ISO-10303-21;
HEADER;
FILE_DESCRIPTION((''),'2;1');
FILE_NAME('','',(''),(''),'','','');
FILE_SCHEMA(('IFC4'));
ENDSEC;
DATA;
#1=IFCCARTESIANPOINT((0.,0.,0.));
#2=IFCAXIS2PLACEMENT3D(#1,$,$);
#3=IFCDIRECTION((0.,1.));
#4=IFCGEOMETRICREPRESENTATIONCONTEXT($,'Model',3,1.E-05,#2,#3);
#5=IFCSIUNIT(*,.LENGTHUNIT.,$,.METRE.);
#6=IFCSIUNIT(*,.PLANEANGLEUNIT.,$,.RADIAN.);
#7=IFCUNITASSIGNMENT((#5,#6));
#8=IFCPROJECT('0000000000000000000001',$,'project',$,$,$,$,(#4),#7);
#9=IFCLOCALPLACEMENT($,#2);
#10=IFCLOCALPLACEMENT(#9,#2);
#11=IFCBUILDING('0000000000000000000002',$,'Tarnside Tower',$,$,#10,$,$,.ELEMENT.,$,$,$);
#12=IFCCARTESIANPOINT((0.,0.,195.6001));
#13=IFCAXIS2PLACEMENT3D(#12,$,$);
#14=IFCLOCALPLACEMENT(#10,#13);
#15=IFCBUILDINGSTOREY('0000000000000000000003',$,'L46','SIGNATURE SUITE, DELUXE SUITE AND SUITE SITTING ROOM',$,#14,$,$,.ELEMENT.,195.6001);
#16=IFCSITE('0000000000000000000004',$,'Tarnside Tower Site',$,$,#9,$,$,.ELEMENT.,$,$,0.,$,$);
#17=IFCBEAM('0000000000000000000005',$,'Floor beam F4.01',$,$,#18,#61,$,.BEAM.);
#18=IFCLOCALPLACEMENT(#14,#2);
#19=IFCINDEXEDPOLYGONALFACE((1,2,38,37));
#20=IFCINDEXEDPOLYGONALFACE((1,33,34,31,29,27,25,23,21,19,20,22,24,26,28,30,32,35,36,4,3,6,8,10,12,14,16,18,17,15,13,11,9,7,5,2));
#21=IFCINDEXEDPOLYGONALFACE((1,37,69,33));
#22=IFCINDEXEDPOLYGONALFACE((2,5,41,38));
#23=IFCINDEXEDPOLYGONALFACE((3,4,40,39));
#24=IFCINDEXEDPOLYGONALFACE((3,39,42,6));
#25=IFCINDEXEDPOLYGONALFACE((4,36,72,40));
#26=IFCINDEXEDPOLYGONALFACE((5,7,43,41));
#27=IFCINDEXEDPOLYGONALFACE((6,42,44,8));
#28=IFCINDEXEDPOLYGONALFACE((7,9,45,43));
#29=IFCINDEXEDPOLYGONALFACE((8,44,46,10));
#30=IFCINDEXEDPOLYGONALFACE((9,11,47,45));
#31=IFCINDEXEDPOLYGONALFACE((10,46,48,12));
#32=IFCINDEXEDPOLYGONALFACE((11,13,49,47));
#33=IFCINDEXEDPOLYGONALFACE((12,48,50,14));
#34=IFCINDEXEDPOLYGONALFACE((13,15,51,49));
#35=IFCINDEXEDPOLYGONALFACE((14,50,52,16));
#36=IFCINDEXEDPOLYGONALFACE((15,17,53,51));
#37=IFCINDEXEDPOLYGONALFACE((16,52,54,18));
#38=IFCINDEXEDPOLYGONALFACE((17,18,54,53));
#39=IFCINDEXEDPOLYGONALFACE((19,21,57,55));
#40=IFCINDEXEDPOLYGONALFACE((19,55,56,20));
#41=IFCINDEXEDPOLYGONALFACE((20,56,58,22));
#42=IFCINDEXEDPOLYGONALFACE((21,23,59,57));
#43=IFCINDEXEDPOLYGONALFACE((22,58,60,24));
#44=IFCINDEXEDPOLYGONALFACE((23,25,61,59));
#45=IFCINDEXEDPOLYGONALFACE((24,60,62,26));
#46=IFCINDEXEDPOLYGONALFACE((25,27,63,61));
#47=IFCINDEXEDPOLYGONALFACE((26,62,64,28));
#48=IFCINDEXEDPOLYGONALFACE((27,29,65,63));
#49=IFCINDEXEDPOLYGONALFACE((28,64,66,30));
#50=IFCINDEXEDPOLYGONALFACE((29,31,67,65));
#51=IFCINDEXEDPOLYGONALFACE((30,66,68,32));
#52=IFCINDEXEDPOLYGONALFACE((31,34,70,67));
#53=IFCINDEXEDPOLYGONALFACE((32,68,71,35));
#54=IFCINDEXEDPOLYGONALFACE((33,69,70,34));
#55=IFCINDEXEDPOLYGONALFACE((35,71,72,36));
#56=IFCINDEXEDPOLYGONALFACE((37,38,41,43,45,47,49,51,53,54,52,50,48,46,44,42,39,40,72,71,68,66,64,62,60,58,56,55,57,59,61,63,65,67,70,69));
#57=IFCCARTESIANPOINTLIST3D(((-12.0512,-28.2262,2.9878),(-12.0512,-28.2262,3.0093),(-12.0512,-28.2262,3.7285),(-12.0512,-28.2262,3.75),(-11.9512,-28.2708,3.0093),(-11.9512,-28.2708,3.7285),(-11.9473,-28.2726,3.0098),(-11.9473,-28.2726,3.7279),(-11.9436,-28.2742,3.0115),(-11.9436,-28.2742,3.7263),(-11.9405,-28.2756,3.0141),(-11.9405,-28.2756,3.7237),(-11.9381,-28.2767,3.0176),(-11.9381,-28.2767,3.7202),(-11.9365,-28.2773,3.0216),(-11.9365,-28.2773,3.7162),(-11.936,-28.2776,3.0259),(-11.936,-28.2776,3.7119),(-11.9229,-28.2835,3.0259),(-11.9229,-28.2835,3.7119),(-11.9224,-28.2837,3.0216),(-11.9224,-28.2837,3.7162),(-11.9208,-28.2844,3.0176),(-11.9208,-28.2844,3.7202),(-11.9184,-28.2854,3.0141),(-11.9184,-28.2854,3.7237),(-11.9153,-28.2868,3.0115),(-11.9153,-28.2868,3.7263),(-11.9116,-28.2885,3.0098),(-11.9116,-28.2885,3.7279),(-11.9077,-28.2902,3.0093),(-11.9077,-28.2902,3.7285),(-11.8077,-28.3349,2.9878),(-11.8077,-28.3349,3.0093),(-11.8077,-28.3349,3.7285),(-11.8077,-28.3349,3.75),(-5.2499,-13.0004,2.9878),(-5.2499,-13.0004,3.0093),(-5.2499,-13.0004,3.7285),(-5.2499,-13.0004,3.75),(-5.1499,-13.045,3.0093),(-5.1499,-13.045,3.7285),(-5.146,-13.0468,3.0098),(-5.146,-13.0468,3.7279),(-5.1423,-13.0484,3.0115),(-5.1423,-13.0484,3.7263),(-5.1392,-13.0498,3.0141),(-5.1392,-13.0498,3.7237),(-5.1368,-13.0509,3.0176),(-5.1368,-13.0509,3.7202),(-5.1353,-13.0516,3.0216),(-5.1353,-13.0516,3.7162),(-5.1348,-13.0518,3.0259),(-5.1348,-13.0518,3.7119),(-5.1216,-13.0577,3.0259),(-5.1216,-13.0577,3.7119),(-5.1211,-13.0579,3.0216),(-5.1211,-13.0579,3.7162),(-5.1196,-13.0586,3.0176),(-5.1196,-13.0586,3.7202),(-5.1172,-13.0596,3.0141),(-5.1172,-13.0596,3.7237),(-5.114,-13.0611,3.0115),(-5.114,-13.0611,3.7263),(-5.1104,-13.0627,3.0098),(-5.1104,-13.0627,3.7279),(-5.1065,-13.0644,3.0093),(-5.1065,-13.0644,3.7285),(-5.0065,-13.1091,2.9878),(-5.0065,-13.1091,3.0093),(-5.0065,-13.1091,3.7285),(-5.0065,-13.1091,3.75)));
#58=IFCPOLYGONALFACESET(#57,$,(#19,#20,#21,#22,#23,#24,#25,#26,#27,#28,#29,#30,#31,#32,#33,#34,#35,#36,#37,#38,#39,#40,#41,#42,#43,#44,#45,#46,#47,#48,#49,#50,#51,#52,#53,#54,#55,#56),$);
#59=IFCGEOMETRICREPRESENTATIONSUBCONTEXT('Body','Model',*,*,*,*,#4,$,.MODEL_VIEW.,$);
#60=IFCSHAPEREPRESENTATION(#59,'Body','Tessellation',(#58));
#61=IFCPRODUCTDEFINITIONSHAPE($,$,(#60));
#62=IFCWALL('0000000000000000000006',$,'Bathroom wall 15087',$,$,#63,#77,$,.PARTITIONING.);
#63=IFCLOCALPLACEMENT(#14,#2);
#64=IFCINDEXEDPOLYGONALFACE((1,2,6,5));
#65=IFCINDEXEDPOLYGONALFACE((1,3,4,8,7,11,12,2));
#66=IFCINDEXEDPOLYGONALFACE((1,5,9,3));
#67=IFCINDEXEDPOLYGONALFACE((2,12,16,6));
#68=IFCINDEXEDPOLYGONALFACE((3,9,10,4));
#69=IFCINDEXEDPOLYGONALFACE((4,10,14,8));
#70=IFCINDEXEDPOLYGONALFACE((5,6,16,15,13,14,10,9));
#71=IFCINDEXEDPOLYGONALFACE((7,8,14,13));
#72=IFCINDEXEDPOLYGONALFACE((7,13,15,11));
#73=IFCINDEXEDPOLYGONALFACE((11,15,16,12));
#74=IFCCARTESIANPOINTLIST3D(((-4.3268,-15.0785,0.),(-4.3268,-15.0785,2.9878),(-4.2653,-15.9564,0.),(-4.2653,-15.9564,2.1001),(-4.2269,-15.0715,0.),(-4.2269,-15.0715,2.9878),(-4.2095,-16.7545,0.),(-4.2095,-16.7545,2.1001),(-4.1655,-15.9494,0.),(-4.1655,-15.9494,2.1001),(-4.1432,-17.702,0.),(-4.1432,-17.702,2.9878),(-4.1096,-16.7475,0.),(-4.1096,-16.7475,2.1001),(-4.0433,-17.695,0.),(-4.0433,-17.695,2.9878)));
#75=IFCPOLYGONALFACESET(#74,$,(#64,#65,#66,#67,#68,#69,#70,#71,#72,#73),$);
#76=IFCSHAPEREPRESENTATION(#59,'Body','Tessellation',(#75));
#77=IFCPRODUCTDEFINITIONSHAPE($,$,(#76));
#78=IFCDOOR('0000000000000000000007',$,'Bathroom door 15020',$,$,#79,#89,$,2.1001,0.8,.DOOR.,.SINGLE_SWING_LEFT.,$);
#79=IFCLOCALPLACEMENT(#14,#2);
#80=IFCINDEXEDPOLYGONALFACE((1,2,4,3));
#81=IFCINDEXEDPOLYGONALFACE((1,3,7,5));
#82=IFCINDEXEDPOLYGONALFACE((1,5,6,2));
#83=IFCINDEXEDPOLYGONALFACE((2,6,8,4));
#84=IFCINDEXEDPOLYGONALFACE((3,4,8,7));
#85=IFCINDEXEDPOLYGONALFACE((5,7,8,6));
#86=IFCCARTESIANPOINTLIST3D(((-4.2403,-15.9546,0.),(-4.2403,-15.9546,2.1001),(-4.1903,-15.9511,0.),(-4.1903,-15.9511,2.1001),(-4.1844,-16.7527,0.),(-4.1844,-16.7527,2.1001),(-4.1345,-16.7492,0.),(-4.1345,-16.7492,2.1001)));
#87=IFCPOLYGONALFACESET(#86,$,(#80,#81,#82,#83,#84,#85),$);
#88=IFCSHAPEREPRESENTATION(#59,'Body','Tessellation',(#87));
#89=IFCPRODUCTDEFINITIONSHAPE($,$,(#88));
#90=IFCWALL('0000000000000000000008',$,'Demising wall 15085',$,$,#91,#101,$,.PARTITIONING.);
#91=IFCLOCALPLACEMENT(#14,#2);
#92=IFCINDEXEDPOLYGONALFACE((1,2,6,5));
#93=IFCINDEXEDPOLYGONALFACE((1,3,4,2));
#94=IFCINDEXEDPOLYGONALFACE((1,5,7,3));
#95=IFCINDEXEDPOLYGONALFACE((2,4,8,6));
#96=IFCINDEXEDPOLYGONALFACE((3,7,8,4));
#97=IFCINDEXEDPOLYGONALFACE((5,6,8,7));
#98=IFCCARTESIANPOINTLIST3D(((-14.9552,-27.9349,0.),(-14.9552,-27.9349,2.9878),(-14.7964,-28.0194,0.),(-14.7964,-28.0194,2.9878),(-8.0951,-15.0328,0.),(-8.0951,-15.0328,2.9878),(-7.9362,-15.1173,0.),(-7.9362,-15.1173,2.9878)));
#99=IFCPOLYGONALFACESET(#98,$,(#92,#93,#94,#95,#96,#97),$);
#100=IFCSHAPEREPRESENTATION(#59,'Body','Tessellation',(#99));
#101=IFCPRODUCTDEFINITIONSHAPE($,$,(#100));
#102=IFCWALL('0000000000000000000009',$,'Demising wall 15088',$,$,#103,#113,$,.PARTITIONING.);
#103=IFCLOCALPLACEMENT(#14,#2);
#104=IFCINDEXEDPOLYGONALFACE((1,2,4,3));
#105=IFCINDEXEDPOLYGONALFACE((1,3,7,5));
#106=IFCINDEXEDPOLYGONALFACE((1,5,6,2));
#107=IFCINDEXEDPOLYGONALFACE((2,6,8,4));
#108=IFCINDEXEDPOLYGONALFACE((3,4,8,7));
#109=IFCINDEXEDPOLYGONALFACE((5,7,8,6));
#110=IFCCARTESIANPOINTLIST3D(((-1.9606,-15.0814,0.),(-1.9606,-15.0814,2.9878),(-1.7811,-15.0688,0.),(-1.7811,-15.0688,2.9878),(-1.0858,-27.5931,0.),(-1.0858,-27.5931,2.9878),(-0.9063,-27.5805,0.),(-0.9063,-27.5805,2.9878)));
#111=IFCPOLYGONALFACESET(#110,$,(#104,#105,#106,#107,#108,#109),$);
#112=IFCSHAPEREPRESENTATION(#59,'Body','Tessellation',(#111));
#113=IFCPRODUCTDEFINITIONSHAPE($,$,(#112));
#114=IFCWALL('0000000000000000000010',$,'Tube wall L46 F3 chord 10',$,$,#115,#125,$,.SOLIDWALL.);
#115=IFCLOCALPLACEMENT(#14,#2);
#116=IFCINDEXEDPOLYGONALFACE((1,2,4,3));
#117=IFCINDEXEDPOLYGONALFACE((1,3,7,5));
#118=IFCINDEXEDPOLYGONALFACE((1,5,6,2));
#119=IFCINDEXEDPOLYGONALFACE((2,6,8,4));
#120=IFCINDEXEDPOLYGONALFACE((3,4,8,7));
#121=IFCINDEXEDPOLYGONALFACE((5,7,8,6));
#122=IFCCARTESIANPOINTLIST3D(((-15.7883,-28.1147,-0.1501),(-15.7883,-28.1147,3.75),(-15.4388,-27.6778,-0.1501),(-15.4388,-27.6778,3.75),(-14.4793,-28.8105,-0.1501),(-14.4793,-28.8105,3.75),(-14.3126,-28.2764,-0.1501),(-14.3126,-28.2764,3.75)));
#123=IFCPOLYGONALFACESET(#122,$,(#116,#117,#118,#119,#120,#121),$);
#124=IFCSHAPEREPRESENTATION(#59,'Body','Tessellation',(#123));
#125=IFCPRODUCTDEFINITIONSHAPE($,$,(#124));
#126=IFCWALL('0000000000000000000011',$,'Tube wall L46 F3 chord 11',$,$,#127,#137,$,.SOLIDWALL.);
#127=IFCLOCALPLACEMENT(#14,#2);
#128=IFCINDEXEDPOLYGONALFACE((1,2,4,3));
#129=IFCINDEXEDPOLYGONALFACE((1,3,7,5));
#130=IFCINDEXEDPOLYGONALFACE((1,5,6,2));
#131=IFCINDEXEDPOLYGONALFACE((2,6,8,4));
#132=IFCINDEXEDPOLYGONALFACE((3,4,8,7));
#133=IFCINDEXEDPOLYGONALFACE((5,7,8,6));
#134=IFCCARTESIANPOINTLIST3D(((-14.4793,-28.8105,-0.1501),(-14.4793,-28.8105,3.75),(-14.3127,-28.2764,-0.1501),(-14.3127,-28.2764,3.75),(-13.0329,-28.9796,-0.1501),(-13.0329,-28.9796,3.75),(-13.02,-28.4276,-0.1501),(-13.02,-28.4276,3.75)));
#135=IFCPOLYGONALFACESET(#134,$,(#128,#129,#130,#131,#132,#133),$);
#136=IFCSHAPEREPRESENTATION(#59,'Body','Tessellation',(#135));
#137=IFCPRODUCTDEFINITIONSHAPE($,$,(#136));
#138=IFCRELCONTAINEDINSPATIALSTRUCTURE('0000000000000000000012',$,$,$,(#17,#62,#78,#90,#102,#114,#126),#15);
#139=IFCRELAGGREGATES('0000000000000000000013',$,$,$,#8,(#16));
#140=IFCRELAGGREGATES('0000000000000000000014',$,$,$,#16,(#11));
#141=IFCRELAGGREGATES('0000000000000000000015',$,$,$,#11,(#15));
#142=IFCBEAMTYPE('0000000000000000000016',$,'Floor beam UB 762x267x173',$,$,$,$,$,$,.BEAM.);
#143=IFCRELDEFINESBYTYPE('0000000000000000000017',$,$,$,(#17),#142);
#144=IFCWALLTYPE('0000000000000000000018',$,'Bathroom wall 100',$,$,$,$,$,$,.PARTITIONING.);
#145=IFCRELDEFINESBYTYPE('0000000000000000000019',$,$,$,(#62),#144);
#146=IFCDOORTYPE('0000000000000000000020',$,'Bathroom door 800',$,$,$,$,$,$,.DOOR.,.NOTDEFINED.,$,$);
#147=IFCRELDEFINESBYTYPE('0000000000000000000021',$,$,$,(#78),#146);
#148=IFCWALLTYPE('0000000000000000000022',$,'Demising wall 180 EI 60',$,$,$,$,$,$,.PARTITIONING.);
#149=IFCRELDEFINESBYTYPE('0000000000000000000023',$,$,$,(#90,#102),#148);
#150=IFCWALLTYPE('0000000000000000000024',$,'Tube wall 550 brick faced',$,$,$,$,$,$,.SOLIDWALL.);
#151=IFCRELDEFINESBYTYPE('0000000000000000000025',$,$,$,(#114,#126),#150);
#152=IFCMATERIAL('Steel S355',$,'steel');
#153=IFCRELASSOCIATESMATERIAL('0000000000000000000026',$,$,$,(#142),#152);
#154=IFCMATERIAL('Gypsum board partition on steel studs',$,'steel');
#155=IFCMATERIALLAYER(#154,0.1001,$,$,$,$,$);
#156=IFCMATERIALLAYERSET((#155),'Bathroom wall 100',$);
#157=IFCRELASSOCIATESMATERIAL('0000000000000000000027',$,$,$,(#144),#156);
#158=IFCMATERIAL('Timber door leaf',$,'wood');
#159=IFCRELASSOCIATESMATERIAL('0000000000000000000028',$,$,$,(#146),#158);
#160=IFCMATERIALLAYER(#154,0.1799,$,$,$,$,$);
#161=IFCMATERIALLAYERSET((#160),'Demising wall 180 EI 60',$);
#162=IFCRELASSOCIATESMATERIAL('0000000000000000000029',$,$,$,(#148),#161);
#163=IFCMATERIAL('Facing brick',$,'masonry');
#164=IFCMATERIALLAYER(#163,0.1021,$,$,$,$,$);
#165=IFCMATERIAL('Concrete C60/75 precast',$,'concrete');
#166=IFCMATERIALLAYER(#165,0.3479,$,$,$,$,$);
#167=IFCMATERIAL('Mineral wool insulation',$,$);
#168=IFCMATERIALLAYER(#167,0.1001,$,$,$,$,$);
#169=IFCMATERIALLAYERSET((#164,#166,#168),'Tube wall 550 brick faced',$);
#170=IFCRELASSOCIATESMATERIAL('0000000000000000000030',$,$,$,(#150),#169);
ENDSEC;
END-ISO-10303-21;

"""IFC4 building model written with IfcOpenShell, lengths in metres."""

from ifc_helpers import new_model, si_unit, direction, frame, frame_2d, origin, origin_2d, place, context, subcontext, project, spatial, polyline, rectangle, i_section, outline, extrude, material, layer, layer_set, material_profile, profile_set, type_object, element, fill, save


model = new_model("IFC4")

# Units and contexts
model_context = context("Model", 3, precision=1e-05, world=origin(), true_north=direction((0.0, 1.0)))
body_context = subcontext(model_context, "Body", "Model", "MODEL_VIEW")
ifc_project = project(units=[si_unit("LENGTHUNIT", "METRE"), si_unit("PLANEANGLEUNIT", "RADIAN")], contexts=[model_context])

# Site, building, storey
site_placement = place(None, origin())
site = spatial("IfcSite", under=ifc_project, at=site_placement, Name="Tarnside Tower Site", CompositionType="ELEMENT", RefElevation=0.0)
building_placement = place(site_placement, origin())
building = spatial("IfcBuilding", under=site, at=building_placement, Name="Tarnside Tower", CompositionType="ELEMENT")
storey_placement = place(building_placement, frame((0.0, 0.0, 195.6001)))
storey = spatial("IfcBuildingStorey", under=building, at=storey_placement, Name="L46", Description="SIGNATURE SUITE, DELUXE SUITE AND SUITE SITTING ROOM", CompositionType="ELEMENT", Elevation=195.6001)

# Beam
ifc_material_1 = material(Name="Steel S355", Category="steel")
ifc_material_profile_1 = material_profile(ifc_material_1, i_section(OverallWidth=0.2666, OverallDepth=0.7622, WebThickness=0.0144, FlangeThickness=0.0215, FilletRadius=0.0166, at=origin_2d()), Name="UB 762x267x173")
ifc_profile_set_1 = profile_set([ifc_material_profile_1], Name="Steel S355")
beam_type_1 = type_object("IfcBeamType", Name="Floor beam UB 762x267x173", PredefinedType="BEAM", material=ifc_profile_set_1)
beam_1_placement = place(storey_placement, frame((-11.9294, -28.2805, 3.3689), z_axis=(0.407852, 0.913048, 0.0), x_axis=(-0.913048, 0.407852, 0.0)))
element("IfcBeam", 1, at=beam_1_placement, inside=storey, type_object=beam_type_1, Name="Floor beam F4.01", PredefinedType="BEAM", context=body_context, shape_type="SweptSolid", body=[
    extrude(i_section(OverallWidth=0.2666, OverallDepth=0.7622, WebThickness=0.0144, FlangeThickness=0.0215, FilletRadius=0.0166, at=origin_2d()), origin(), (0.0, 0.0, 1.0), 16.6758),
])

# Wall, opening, door
ifc_material_2 = material(Name="Gypsum board partition on steel studs", Category="steel")
ifc_layer_1 = layer(ifc_material_2, 0.1001)
ifc_layer_set_1 = layer_set([ifc_layer_1], Name="Bathroom wall 100")
wall_type_1 = type_object("IfcWallType", Name="Bathroom wall 100", PredefinedType="PARTITIONING", material=ifc_layer_set_1)
wall_1_placement = place(storey_placement, frame((-4.0933, -17.6985, 0.0), z_axis=(0.0, 0.0, 1.0), x_axis=(-0.069809, 0.99756, 0.0)))
wall_1 = element("IfcWall", 2, at=wall_1_placement, inside=storey, type_object=wall_type_1, Name="Bathroom wall 15087", PredefinedType="PARTITIONING", context=body_context, shape_type="SweptSolid", body=[
    extrude(rectangle(XDim=2.6299, YDim=0.1001, at=frame_2d((1.3149, 0.0))), origin(), (0.0, 0.0, 1.0), 2.9878),
])
opening_1_placement = place(wall_1_placement, frame((0.95, 0.0, 0.0)))
opening_1 = element("IfcOpeningElement", 3, at=opening_1_placement, cuts=wall_1, PredefinedType="OPENING", context=body_context, shape_type="SweptSolid", body=[
    extrude(rectangle(XDim=0.8, YDim=2.1001, at=frame_2d((0.3999, 1.05))), frame((0.0, 0.0601, 0.0), z_axis=(0.0, -1.0, 0.0), x_axis=(1.0, 0.0, 0.0)), (0.0, 0.0, 1.0), 0.1201),
])
ifc_material_3 = material(Name="Timber door leaf", Category="wood")
door_type = type_object("IfcDoorType", Name="Bathroom door 800", OperationType="NOTDEFINED", PredefinedType="DOOR", material=ifc_material_3)
door_placement = place(opening_1_placement, origin())
door = element("IfcDoor", 4, at=door_placement, inside=storey, type_object=door_type, Name="Bathroom door 15020", OperationType="SINGLE_SWING_LEFT", OverallHeight=2.1001, OverallWidth=0.8, PredefinedType="DOOR", context=body_context, shape_type="SweptSolid", body=[
    extrude(rectangle(XDim=0.8, YDim=2.1001, at=frame_2d((0.3999, 1.05))), frame((0.0, 0.0249, 0.0), z_axis=(0.0, -1.0, 0.0), x_axis=(1.0, 0.0, 0.0)), (0.0, 0.0, 1.0), 0.05),
])
fill(opening_1, door)

# Walls
ifc_layer_2 = layer(ifc_material_2, 0.1799)
ifc_layer_set_2 = layer_set([ifc_layer_2], Name="Demising wall 180 EI 60")
wall_type_2 = type_object("IfcWallType", Name="Demising wall 180 EI 60", PredefinedType="PARTITIONING", material=ifc_layer_set_2)
wall_2_placement = place(storey_placement, frame((-14.8757, -27.9771, 0.0), z_axis=(0.0, 0.0, 1.0), x_axis=(0.469468, 0.882949, 0.0)))
element("IfcWall", 5, at=wall_2_placement, inside=storey, type_object=wall_type_2, Name="Demising wall 15085", PredefinedType="PARTITIONING", context=body_context, shape_type="SweptSolid", body=[
    extrude(rectangle(XDim=14.6125, YDim=0.1799, at=frame_2d((7.3062, 0.0))), origin(), (0.0, 0.0, 1.0), 2.9878),
])
wall_3_placement = place(storey_placement, frame((-0.9961, -27.5867, 0.0), z_axis=(0.0, 0.0, 1.0), x_axis=(-0.069745, 0.997565, 0.0)))
element("IfcWall", 6, at=wall_3_placement, inside=storey, type_object=wall_type_2, Name="Demising wall 15088", PredefinedType="PARTITIONING", context=body_context, shape_type="SweptSolid", body=[
    extrude(rectangle(XDim=12.5422, YDim=0.1799, at=frame_2d((6.271, 0.0))), origin(), (0.0, 0.0, 1.0), 2.9878),
])
ifc_material_4 = material(Name="Facing brick", Category="masonry")
ifc_layer_3 = layer(ifc_material_4, 0.1021)
ifc_material_5 = material(Name="Concrete C60/75 precast", Category="concrete")
ifc_layer_4 = layer(ifc_material_5, 0.3479)
ifc_material_6 = material(Name="Mineral wool insulation")
ifc_layer_5 = layer(ifc_material_6, 0.1001)
ifc_layer_set_3 = layer_set([ifc_layer_3, ifc_layer_4, ifc_layer_5], Name="Tube wall 550 brick faced")
wall_type_3 = type_object("IfcWallType", Name="Tube wall 550 brick faced", PredefinedType="SOLIDWALL", material=ifc_layer_set_3)
wall_4_placement = place(storey_placement, frame((-15.6135, -27.8962, -0.1501), z_axis=(0.0, 0.0, 1.0), x_axis=(0.882994, -0.469384, 0.0)))
element("IfcWall", 7, at=wall_4_placement, inside=storey, type_object=wall_type_3, Name="Tube wall L46 F3 chord 10", PredefinedType="SOLIDWALL", context=body_context, shape_type="SweptSolid", body=[
    extrude(outline(polyline([(-0.0518, -0.2749), (1.4307, -0.2749), (1.3271, 0.2749), (0.0518, 0.2749), (-0.0518, -0.2749)])), origin(), (0.0, 0.0, 1.0), 3.9001),
])
wall_5_placement = place(storey_placement, frame((-14.396, -28.5435, -0.1501), z_axis=(0.0, 0.0, 1.0), x_axis=(0.993233, -0.116143, 0.0)))
element("IfcWall", 8, at=wall_5_placement, inside=storey, type_object=wall_type_3, Name="Tube wall L46 F3 chord 11", PredefinedType="SOLIDWALL", context=body_context, shape_type="SweptSolid", body=[
    extrude(outline(polyline([(-0.0518, -0.2749), (1.4045, -0.2749), (1.3533, 0.2749), (0.0518, 0.2749), (-0.0518, -0.2749)])), origin(), (0.0, 0.0, 1.0), 3.9001),
])

save(model, "model.ifc")
